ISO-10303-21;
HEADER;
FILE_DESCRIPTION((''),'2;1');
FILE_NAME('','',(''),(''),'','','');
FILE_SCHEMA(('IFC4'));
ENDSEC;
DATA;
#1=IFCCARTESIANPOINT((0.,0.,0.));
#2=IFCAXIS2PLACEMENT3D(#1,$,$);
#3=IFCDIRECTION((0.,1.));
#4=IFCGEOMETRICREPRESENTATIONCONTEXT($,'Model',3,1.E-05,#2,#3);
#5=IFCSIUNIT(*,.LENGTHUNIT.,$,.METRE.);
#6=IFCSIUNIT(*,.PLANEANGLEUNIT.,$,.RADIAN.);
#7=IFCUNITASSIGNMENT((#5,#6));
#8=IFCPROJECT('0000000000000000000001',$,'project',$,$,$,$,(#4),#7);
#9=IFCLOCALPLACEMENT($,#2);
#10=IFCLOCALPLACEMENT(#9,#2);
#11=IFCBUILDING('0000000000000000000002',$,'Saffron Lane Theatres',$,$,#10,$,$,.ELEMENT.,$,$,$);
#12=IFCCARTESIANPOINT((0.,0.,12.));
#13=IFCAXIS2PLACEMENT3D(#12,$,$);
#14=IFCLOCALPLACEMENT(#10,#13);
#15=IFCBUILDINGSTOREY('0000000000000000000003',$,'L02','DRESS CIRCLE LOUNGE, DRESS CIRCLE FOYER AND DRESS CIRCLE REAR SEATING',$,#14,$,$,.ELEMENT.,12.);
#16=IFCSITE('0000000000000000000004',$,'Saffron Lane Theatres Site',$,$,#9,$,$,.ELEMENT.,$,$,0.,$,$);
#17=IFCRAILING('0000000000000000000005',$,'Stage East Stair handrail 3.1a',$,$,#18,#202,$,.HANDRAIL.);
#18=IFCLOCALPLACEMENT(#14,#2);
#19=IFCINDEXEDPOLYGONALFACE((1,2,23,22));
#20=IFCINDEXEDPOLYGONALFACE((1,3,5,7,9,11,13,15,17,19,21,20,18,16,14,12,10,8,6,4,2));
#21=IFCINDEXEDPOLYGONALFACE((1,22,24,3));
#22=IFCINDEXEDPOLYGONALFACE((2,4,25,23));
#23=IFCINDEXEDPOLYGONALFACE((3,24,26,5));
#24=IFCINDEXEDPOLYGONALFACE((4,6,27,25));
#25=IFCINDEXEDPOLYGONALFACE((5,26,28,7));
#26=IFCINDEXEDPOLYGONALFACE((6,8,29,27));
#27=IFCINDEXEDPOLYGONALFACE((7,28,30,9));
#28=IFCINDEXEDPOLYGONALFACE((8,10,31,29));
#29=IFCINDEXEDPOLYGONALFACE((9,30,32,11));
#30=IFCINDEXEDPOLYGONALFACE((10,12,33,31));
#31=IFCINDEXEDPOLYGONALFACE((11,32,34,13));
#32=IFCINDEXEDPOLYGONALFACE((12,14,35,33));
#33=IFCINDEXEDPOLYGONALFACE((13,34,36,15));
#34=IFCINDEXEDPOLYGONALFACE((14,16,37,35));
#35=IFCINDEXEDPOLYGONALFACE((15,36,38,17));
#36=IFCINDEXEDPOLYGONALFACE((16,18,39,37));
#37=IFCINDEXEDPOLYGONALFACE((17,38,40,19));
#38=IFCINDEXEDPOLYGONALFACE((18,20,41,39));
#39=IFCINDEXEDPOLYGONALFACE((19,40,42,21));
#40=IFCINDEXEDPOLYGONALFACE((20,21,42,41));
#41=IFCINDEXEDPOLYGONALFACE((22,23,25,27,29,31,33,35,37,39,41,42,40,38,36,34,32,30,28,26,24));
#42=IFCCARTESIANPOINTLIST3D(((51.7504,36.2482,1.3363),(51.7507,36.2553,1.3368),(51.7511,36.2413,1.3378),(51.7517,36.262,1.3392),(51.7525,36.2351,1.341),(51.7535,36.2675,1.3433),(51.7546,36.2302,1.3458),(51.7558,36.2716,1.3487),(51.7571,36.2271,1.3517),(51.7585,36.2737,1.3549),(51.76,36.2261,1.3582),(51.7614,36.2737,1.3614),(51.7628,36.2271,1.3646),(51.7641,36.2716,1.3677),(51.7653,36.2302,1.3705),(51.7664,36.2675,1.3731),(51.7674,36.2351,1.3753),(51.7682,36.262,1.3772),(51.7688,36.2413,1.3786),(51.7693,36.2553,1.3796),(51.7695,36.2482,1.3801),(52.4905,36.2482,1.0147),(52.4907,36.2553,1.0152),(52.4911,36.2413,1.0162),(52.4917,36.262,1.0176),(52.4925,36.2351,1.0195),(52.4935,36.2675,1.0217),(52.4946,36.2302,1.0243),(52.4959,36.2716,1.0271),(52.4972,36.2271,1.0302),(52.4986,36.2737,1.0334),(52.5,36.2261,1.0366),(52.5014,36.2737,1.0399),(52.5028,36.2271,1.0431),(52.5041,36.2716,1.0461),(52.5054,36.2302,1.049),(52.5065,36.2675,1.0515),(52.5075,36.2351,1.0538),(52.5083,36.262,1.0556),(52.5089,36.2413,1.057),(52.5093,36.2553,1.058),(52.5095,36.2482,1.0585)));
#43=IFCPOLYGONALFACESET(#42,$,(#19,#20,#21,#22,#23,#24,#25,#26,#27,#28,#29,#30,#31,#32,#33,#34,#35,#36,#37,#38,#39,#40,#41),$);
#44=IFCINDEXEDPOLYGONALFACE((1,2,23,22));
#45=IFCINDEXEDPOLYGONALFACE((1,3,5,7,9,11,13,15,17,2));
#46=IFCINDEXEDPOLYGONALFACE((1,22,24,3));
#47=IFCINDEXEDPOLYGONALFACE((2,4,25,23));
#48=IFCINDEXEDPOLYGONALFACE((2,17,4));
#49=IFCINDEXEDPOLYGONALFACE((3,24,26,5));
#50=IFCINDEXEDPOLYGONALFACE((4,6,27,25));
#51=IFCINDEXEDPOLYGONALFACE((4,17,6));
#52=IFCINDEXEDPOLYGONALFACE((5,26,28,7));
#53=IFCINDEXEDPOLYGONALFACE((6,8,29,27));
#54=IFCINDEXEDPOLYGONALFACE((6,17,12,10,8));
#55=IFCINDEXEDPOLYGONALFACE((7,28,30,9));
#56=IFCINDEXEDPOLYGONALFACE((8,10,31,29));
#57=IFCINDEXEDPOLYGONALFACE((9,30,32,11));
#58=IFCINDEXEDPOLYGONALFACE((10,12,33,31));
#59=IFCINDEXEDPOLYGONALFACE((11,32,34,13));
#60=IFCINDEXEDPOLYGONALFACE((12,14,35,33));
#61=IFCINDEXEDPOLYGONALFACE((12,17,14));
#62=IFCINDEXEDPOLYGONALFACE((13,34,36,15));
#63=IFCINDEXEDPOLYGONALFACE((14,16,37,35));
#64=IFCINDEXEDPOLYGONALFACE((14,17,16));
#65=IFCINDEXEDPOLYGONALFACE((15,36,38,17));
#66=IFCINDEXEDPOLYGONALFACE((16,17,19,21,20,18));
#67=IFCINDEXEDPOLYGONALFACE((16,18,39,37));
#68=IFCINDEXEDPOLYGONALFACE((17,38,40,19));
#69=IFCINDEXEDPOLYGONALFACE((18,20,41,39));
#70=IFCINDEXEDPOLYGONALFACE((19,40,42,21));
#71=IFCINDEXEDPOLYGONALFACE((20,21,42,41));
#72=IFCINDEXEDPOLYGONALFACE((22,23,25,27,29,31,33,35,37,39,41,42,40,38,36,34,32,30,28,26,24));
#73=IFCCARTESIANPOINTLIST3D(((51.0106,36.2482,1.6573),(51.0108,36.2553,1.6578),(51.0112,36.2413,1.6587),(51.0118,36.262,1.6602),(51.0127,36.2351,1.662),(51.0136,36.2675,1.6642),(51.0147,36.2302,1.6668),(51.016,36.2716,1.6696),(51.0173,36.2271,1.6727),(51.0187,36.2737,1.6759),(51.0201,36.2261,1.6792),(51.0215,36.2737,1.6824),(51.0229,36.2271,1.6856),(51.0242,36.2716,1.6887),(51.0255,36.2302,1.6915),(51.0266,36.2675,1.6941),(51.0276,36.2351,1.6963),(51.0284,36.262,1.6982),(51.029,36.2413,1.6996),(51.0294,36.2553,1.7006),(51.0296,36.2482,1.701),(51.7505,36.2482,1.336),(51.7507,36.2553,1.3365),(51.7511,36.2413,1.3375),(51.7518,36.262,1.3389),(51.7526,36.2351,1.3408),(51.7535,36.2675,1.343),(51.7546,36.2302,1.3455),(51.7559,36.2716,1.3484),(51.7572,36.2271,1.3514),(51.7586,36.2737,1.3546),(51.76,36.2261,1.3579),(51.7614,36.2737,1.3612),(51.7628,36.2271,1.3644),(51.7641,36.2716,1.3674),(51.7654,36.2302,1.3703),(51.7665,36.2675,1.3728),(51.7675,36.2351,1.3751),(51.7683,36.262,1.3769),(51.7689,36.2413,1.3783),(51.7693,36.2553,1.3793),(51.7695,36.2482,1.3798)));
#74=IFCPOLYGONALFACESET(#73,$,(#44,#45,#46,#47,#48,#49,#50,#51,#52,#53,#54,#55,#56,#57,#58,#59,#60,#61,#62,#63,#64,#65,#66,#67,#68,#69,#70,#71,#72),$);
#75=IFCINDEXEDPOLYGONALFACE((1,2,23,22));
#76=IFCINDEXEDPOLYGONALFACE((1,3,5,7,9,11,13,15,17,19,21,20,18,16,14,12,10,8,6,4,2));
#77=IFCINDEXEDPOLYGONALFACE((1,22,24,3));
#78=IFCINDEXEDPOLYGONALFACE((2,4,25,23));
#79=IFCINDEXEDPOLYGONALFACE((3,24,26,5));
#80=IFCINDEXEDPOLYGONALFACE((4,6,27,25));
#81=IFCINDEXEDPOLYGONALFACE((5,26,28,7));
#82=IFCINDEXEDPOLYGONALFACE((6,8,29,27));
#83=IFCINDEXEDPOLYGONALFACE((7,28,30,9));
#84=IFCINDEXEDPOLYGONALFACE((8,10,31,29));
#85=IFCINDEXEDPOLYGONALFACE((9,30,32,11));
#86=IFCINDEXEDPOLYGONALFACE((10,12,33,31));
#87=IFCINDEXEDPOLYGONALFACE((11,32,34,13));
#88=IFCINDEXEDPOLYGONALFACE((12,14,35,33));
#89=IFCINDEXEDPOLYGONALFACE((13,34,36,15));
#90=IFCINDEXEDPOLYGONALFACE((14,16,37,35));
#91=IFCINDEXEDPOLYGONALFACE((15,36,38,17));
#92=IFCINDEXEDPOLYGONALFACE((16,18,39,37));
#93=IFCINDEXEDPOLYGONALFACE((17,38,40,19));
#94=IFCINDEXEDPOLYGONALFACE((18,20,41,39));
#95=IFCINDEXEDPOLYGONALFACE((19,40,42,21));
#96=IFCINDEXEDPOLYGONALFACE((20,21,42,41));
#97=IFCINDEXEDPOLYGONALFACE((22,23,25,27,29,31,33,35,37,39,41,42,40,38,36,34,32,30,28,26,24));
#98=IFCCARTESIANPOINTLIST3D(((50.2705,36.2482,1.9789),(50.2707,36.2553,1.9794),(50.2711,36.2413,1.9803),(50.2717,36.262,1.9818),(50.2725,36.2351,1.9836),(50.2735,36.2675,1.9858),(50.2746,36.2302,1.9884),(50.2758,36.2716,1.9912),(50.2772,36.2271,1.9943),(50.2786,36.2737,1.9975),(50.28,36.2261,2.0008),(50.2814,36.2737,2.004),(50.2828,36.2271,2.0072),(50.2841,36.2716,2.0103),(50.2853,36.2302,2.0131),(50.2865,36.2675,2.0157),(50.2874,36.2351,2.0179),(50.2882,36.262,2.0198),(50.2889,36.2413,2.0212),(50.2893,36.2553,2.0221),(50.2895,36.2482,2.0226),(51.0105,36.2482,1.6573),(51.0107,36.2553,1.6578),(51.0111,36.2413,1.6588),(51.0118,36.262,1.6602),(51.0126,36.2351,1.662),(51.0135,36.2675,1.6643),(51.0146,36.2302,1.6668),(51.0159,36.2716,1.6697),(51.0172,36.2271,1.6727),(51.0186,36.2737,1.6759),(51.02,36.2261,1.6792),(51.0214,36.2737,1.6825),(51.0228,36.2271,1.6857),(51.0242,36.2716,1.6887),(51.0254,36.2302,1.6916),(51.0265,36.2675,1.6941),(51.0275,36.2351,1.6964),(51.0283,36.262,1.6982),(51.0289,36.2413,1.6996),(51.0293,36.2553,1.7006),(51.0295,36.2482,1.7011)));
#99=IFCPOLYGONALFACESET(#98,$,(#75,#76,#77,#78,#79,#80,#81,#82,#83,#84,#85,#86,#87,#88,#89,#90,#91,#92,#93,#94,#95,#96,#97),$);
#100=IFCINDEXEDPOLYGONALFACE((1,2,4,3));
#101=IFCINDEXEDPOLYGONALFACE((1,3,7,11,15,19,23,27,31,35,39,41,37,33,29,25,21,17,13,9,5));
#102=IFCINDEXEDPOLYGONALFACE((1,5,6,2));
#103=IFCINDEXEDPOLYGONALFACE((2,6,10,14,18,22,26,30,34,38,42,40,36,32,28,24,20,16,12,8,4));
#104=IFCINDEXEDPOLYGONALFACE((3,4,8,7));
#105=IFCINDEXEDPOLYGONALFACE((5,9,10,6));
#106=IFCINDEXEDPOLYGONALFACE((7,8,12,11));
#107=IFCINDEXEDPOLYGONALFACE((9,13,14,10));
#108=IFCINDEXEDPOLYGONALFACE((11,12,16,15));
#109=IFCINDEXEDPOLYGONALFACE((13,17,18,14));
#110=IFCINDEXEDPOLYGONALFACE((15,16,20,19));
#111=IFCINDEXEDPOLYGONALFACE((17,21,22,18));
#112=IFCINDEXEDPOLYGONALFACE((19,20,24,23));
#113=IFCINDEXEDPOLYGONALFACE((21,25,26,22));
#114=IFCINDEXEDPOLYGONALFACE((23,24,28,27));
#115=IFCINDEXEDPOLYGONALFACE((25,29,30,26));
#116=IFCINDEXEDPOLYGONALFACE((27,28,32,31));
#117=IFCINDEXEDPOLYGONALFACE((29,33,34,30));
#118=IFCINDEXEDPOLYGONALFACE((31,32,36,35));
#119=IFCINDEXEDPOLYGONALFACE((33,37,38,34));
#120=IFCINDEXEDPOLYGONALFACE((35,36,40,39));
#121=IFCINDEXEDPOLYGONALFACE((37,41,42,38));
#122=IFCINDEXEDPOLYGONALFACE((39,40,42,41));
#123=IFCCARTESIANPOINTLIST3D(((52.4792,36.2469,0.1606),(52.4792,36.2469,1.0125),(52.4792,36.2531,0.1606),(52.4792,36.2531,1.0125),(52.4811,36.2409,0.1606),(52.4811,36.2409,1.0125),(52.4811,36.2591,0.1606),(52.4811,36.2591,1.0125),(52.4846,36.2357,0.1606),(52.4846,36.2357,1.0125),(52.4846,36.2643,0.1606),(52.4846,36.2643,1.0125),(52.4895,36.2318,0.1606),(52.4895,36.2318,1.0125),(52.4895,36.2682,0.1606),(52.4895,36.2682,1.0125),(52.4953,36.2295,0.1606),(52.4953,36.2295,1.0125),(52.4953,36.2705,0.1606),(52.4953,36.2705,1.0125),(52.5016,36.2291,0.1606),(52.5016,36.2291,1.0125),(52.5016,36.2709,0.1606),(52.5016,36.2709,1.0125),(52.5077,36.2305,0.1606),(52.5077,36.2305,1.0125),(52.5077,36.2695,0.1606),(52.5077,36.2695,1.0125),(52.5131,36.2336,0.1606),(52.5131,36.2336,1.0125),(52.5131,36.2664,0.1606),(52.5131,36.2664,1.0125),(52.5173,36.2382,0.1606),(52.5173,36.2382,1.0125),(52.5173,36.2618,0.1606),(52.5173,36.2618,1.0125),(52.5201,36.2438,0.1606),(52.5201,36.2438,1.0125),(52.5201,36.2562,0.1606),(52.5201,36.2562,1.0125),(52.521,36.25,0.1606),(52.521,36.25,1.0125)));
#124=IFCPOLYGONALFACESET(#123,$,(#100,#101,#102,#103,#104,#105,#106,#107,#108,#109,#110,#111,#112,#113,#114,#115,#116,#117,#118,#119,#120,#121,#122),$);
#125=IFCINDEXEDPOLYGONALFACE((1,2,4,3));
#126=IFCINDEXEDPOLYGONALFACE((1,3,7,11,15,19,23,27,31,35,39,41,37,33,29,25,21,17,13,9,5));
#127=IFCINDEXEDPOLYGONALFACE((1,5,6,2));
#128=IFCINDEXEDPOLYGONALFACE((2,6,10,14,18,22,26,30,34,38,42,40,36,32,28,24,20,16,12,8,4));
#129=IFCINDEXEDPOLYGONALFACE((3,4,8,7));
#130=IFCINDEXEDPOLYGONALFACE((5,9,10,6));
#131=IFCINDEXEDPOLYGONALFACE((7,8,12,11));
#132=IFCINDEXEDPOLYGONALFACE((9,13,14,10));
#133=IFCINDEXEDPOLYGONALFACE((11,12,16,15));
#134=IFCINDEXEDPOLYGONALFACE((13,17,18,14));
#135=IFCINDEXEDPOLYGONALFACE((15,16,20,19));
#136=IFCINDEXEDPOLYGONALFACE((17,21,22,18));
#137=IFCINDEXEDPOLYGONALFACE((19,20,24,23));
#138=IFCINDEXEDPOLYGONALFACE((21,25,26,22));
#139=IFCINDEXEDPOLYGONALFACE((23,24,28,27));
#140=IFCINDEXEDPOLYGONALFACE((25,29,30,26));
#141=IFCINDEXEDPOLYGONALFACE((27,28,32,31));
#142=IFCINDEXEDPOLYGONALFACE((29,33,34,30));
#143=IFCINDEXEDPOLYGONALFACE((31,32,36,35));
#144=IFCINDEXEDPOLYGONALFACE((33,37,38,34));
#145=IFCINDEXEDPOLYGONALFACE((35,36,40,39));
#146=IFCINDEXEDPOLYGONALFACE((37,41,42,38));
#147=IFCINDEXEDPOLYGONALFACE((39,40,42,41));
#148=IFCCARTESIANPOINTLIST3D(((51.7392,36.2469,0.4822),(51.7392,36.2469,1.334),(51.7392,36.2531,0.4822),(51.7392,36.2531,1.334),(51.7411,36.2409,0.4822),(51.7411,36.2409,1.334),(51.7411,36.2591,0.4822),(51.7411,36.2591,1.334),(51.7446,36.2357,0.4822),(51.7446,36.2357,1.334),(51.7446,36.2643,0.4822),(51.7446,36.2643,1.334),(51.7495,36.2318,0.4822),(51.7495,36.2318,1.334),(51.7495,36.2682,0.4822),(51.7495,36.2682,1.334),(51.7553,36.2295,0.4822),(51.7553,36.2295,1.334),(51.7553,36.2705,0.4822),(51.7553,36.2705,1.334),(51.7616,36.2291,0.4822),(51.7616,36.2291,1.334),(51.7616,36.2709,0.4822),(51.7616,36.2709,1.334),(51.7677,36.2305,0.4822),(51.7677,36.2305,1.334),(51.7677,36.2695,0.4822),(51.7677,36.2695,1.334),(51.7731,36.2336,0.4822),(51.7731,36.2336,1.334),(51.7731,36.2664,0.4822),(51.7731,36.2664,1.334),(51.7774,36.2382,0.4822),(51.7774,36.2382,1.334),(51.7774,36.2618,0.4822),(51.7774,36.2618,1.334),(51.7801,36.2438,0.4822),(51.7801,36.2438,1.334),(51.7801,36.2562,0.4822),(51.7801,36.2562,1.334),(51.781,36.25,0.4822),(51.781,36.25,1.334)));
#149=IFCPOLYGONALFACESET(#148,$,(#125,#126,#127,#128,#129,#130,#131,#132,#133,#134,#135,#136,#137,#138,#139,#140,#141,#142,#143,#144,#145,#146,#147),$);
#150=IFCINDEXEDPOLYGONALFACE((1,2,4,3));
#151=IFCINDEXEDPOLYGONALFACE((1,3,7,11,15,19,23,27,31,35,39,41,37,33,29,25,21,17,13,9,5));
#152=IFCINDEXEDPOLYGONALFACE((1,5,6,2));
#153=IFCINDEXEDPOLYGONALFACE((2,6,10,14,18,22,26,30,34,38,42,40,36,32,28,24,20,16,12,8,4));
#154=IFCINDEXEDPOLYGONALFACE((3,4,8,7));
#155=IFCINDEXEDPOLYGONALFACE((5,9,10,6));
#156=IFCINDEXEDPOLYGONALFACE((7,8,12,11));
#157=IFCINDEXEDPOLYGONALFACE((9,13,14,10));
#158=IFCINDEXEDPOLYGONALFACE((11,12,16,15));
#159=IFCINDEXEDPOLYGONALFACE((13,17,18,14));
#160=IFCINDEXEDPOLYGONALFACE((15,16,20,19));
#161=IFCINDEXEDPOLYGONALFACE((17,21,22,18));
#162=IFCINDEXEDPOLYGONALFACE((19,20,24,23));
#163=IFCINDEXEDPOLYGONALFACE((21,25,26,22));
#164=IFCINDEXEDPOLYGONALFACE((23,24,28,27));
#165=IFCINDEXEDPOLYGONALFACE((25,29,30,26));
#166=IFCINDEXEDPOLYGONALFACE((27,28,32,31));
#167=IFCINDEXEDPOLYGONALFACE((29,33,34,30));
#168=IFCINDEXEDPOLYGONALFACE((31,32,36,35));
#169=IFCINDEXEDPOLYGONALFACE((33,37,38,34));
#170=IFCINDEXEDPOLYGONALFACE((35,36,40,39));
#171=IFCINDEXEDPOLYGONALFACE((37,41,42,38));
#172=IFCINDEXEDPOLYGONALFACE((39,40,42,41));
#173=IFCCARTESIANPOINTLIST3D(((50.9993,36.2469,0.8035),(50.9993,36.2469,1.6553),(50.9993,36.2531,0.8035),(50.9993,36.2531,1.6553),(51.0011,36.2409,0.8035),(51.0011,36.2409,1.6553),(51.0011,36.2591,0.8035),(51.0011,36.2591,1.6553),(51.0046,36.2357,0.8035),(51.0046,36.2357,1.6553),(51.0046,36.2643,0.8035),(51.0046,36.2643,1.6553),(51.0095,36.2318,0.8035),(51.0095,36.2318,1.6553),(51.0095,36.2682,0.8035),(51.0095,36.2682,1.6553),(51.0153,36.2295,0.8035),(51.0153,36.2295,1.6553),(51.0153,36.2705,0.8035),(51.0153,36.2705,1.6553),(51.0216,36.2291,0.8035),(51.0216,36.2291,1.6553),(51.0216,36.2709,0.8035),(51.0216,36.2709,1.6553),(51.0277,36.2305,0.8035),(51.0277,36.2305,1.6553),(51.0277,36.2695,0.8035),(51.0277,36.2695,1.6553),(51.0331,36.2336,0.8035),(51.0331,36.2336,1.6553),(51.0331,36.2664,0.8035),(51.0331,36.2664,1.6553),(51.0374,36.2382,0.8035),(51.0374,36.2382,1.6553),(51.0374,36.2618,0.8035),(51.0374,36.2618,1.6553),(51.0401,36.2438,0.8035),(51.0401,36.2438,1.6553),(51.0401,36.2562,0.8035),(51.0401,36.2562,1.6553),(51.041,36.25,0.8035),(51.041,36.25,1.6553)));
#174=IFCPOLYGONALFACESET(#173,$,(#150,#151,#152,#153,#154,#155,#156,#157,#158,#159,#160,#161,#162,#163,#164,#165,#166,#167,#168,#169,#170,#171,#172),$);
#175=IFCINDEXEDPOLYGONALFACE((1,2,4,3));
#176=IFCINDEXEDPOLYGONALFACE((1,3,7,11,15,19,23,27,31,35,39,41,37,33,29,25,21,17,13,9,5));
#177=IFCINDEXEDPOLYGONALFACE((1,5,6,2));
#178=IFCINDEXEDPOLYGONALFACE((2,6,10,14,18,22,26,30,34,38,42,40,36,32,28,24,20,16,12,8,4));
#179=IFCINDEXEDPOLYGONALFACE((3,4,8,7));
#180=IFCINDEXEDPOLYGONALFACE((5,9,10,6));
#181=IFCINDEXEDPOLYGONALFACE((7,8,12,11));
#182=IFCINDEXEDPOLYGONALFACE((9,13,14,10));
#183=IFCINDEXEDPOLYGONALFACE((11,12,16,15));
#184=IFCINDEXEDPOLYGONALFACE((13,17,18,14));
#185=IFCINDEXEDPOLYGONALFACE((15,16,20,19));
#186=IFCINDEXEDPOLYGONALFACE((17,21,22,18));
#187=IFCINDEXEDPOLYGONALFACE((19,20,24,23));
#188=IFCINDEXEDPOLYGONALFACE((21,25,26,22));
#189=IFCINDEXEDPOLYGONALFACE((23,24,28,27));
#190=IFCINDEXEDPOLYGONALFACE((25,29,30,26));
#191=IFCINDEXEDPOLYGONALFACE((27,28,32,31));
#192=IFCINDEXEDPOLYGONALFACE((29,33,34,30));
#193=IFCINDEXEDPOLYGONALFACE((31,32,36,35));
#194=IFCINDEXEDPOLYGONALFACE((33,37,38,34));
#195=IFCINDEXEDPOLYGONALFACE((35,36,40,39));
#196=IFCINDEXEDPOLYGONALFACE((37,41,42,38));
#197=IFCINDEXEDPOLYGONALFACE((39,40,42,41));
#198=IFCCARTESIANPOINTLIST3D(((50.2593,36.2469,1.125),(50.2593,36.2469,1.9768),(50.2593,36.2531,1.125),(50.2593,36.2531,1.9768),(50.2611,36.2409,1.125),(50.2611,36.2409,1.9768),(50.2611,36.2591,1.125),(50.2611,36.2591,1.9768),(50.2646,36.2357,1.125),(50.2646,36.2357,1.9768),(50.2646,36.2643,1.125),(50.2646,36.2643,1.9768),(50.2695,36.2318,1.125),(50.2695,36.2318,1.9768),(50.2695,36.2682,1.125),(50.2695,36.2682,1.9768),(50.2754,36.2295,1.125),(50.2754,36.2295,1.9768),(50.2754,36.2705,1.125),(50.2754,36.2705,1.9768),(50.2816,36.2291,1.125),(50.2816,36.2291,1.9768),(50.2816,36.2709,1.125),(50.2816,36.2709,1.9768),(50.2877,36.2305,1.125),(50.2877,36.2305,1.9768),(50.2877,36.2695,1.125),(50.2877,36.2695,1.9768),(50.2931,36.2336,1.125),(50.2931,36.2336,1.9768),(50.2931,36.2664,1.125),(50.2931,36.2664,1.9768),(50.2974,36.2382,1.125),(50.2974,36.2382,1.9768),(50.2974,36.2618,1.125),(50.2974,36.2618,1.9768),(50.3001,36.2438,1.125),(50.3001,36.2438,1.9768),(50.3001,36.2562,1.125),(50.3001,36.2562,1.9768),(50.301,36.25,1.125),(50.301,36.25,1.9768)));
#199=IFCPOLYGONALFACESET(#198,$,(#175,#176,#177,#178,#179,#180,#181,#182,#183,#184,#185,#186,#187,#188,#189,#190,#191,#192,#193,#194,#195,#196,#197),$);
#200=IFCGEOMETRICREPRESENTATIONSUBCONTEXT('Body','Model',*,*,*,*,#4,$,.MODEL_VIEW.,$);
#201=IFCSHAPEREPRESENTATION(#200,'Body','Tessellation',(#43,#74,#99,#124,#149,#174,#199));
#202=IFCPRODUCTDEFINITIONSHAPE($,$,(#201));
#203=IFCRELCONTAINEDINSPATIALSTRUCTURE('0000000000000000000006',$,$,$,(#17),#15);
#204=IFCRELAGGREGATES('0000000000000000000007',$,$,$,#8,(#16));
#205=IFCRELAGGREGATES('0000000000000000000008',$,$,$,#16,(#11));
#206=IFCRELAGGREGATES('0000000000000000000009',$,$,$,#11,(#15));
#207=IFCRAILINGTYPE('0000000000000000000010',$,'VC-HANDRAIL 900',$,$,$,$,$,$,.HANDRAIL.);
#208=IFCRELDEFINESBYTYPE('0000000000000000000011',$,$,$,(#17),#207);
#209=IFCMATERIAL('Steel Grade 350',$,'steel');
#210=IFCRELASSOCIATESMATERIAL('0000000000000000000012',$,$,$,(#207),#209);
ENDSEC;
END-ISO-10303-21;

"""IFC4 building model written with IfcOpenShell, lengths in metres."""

from ifc_helpers import new_model, si_unit, direction, frame, origin, origin_2d, place, context, subcontext, project, spatial, circle, extrude, material, type_object, element, save


model = new_model("IFC4")

# Units and contexts
model_context = context("Model", 3, precision=1e-05, world=origin(), true_north=direction((0.0, 1.0)))
body_context = subcontext(model_context, "Body", "Model", "MODEL_VIEW")
ifc_project = project(units=[si_unit("LENGTHUNIT", "METRE"), si_unit("PLANEANGLEUNIT", "RADIAN")], contexts=[model_context])

# Site, building, storey
site_placement = place(None, origin())
site = spatial("IfcSite", under=ifc_project, at=site_placement, Name="Saffron Lane Theatres Site", CompositionType="ELEMENT", RefElevation=0.0)
building_placement = place(site_placement, origin())
building = spatial("IfcBuilding", under=site, at=building_placement, Name="Saffron Lane Theatres", CompositionType="ELEMENT")
storey_placement = place(building_placement, frame((0.0, 0.0, 12.0)))
storey = spatial("IfcBuildingStorey", under=building, at=storey_placement, Name="L02", Description="DRESS CIRCLE LOUNGE, DRESS CIRCLE FOYER AND DRESS CIRCLE REAR SEATING", CompositionType="ELEMENT", Elevation=12.0)

# Railing
ifc_material_1 = material(Name="Steel Grade 350", Category="steel")
railing_type_1 = type_object("IfcRailingType", Name="VC-HANDRAIL 900", PredefinedType="HANDRAIL", material=ifc_material_1)
for number, where, name in (
    (1, (52.5, 36.25, 0.1606), "Stage East Stair handrail 3.1a"),
):
    element("IfcRailing", number, at=place(storey_placement, frame(where)), inside=storey, type_object=railing_type_1, Name=name, PredefinedType="HANDRAIL", context=body_context, shape_type="SweptSolid", body=[
        extrude(circle(Radius=0.0239, at=origin_2d()), frame((0.0, 0.0, 0.876), z_axis=(-0.917161, 0.0, 0.398516), x_axis=(0.0, -1.0, 0.0)), (0.0, 0.0, 1.0), 0.8069),
        extrude(circle(Radius=0.0239, at=origin_2d()), frame((-0.74, 0.0, 1.1973), z_axis=(-0.917272, 0.0, 0.398261), x_axis=(0.0, -1.0, 0.0)), (0.0, 0.0, 1.0), 0.8066),
        extrude(circle(Radius=0.0239, at=origin_2d()), frame((-1.48, 0.0, 1.5186), z_axis=(-0.917161, 0.0, 0.398516), x_axis=(0.0, -1.0, 0.0)), (0.0, 0.0, 1.0), 0.8069),
        extrude(circle(Radius=0.021, at=origin_2d()), origin(), (0.0, 0.0, 1.0), 0.8518),
        extrude(circle(Radius=0.021, at=origin_2d()), frame((-0.74, 0.0, 0.3215)), (0.0, 0.0, 1.0), 0.8518),
        extrude(circle(Radius=0.021, at=origin_2d()), frame((-1.48, 0.0, 0.6428)), (0.0, 0.0, 1.0), 0.8518),
        extrude(circle(Radius=0.021, at=origin_2d()), frame((-2.22, 0.0, 0.9644)), (0.0, 0.0, 1.0), 0.8518),
    ])

save(model, "model.ifc")
